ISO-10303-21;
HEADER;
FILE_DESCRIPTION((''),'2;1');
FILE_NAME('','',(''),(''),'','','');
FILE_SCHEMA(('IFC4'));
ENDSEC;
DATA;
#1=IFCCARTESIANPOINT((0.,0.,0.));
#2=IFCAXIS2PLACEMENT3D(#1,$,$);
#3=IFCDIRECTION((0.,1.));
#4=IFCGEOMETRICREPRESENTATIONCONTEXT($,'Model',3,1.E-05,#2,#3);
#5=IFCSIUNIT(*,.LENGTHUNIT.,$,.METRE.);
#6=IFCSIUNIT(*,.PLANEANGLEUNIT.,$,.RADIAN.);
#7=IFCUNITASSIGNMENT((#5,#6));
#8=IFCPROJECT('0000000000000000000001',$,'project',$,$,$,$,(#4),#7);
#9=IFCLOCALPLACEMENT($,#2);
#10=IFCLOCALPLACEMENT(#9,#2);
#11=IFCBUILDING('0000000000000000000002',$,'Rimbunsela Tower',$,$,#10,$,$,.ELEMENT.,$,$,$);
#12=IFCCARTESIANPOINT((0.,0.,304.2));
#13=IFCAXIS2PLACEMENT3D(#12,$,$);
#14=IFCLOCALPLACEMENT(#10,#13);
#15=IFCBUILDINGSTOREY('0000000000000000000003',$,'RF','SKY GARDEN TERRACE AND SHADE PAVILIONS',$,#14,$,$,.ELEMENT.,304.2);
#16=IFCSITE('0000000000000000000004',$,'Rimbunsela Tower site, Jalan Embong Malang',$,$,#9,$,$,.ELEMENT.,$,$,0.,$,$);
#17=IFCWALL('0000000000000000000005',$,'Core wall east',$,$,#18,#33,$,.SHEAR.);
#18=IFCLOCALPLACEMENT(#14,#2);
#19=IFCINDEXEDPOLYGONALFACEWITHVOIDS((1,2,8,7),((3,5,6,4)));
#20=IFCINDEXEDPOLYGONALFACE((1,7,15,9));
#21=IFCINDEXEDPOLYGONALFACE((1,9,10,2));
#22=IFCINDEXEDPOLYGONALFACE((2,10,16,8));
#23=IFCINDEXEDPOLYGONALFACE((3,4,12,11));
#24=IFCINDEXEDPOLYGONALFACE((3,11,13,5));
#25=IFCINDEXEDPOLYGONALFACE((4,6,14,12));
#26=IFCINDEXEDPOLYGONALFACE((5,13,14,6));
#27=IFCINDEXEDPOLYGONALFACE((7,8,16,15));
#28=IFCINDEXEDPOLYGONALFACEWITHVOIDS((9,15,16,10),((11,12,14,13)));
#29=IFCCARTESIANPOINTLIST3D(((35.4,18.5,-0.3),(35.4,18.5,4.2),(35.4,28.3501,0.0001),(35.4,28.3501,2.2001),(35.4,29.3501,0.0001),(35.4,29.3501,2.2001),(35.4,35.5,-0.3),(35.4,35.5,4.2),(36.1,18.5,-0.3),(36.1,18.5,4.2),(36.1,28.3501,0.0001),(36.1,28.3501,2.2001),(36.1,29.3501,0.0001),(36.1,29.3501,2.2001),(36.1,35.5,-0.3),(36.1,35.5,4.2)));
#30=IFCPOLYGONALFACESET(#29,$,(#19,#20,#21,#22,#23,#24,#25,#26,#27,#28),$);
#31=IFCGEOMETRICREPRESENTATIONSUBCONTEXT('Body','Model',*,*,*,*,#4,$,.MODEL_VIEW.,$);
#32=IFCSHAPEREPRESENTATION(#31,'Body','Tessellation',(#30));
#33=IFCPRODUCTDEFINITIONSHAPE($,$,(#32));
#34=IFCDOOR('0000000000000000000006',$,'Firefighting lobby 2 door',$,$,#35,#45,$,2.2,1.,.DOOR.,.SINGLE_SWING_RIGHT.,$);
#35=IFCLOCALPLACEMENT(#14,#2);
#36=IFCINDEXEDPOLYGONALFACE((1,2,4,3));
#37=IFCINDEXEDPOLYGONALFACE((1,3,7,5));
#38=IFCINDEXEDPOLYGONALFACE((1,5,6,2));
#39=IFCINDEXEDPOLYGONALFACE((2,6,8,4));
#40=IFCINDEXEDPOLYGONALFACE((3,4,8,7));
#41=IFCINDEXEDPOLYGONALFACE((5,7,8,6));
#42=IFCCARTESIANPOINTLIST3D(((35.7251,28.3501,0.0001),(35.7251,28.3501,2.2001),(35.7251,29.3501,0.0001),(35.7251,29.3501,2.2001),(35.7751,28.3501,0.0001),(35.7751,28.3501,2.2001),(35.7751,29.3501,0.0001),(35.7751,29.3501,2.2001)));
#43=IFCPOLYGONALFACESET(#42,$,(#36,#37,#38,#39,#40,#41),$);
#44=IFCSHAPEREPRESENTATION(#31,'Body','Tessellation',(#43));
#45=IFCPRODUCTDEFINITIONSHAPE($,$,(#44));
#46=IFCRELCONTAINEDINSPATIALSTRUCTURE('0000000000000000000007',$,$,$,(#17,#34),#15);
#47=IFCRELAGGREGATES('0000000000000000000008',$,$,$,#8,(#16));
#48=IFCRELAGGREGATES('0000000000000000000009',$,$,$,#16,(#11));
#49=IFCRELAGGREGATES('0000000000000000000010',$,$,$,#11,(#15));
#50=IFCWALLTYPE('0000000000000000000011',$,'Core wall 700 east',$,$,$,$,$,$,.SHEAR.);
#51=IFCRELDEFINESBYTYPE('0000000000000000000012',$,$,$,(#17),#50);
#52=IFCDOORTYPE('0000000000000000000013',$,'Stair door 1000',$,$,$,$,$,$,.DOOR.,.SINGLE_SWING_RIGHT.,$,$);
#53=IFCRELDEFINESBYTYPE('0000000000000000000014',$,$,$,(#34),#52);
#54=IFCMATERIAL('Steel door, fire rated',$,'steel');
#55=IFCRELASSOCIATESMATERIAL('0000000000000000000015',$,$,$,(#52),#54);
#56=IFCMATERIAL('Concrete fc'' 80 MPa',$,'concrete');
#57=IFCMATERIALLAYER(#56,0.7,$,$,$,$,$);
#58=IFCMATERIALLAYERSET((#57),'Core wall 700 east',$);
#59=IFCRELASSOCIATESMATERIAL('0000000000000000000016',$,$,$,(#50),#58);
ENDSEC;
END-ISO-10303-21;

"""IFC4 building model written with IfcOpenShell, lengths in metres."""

from ifc_helpers import new_model, si_unit, direction, frame, frame_2d, origin, place, context, subcontext, project, spatial, rectangle, extrude, material, layer, layer_set, type_object, element, fill, save


model = new_model("IFC4")

# Units and contexts
model_context = context("Model", 3, precision=1e-05, world=origin(), true_north=direction((0.0, 1.0)))
body_context = subcontext(model_context, "Body", "Model", "MODEL_VIEW")
ifc_project = project(units=[si_unit("LENGTHUNIT", "METRE"), si_unit("PLANEANGLEUNIT", "RADIAN")], contexts=[model_context])

# Site, building, storey
site_placement = place(None, origin())
site = spatial("IfcSite", under=ifc_project, at=site_placement, Name="Rimbunsela Tower site, Jalan Embong Malang", CompositionType="ELEMENT", RefElevation=0.0)
building_placement = place(site_placement, origin())
building = spatial("IfcBuilding", under=site, at=building_placement, Name="Rimbunsela Tower", CompositionType="ELEMENT")
storey_placement = place(building_placement, frame((0.0, 0.0, 304.2)))
storey = spatial("IfcBuildingStorey", under=building, at=storey_placement, Name="RF", Description="SKY GARDEN TERRACE AND SHADE PAVILIONS", CompositionType="ELEMENT", Elevation=304.2)

# Shared definitions
ifc_material_1 = material(Name="Steel door, fire rated", Category="steel")
door_type_1 = type_object("IfcDoorType", Name="Stair door 1000", OperationType="SINGLE_SWING_RIGHT", PredefinedType="DOOR", material=ifc_material_1)

# Wall, opening, door
ifc_material_2 = material(Name="Concrete fc' 80 MPa", Category="concrete")
ifc_layer_1 = layer(ifc_material_2, 0.7)
ifc_layer_set_1 = layer_set([ifc_layer_1], Name="Core wall 700 east")
wall_type_1 = type_object("IfcWallType", Name="Core wall 700 east", PredefinedType="SHEAR", material=ifc_layer_set_1)
wall_1_placement = place(storey_placement, frame((35.75, 18.5, -0.3), z_axis=(0.0, 0.0, 1.0), x_axis=(0.0, 1.0, 0.0)))
wall_1 = element("IfcWall", 1, at=wall_1_placement, inside=storey, type_object=wall_type_1, Name="Core wall east", PredefinedType="SHEAR", context=body_context, shape_type="SweptSolid", body=[
    extrude(rectangle(XDim=17.0, YDim=0.7, at=frame_2d((8.5, 0.0))), origin(), (0.0, 0.0, 1.0), 4.5),
])
opening_1_placement = place(wall_1_placement, frame((9.8501, 0.0, 0.3)))
opening_1 = element("IfcOpeningElement", 2, at=opening_1_placement, cuts=wall_1, PredefinedType="OPENING", context=body_context, shape_type="SweptSolid", body=[
    extrude(rectangle(XDim=1.0, YDim=2.2, at=frame_2d((0.5, 1.1001))), frame((0.0, 0.3599, 0.0), z_axis=(0.0, -1.0, 0.0), x_axis=(1.0, 0.0, 0.0)), (0.0, 0.0, 1.0), 0.72),
])
door_1_placement = place(opening_1_placement, origin())
door_1 = element("IfcDoor", 3, at=door_1_placement, inside=storey, type_object=door_type_1, Name="Firefighting lobby 2 door", OperationType="SINGLE_SWING_RIGHT", OverallHeight=2.2, OverallWidth=1.0, PredefinedType="DOOR", context=body_context, shape_type="SweptSolid", body=[
    extrude(rectangle(XDim=1.0, YDim=2.2, at=frame_2d((0.5, 1.1001))), frame((0.0, 0.0249, 0.0), z_axis=(0.0, -1.0, 0.0), x_axis=(1.0, 0.0, 0.0)), (0.0, 0.0, 1.0), 0.05),
])
fill(opening_1, door_1)

save(model, "model.ifc")
